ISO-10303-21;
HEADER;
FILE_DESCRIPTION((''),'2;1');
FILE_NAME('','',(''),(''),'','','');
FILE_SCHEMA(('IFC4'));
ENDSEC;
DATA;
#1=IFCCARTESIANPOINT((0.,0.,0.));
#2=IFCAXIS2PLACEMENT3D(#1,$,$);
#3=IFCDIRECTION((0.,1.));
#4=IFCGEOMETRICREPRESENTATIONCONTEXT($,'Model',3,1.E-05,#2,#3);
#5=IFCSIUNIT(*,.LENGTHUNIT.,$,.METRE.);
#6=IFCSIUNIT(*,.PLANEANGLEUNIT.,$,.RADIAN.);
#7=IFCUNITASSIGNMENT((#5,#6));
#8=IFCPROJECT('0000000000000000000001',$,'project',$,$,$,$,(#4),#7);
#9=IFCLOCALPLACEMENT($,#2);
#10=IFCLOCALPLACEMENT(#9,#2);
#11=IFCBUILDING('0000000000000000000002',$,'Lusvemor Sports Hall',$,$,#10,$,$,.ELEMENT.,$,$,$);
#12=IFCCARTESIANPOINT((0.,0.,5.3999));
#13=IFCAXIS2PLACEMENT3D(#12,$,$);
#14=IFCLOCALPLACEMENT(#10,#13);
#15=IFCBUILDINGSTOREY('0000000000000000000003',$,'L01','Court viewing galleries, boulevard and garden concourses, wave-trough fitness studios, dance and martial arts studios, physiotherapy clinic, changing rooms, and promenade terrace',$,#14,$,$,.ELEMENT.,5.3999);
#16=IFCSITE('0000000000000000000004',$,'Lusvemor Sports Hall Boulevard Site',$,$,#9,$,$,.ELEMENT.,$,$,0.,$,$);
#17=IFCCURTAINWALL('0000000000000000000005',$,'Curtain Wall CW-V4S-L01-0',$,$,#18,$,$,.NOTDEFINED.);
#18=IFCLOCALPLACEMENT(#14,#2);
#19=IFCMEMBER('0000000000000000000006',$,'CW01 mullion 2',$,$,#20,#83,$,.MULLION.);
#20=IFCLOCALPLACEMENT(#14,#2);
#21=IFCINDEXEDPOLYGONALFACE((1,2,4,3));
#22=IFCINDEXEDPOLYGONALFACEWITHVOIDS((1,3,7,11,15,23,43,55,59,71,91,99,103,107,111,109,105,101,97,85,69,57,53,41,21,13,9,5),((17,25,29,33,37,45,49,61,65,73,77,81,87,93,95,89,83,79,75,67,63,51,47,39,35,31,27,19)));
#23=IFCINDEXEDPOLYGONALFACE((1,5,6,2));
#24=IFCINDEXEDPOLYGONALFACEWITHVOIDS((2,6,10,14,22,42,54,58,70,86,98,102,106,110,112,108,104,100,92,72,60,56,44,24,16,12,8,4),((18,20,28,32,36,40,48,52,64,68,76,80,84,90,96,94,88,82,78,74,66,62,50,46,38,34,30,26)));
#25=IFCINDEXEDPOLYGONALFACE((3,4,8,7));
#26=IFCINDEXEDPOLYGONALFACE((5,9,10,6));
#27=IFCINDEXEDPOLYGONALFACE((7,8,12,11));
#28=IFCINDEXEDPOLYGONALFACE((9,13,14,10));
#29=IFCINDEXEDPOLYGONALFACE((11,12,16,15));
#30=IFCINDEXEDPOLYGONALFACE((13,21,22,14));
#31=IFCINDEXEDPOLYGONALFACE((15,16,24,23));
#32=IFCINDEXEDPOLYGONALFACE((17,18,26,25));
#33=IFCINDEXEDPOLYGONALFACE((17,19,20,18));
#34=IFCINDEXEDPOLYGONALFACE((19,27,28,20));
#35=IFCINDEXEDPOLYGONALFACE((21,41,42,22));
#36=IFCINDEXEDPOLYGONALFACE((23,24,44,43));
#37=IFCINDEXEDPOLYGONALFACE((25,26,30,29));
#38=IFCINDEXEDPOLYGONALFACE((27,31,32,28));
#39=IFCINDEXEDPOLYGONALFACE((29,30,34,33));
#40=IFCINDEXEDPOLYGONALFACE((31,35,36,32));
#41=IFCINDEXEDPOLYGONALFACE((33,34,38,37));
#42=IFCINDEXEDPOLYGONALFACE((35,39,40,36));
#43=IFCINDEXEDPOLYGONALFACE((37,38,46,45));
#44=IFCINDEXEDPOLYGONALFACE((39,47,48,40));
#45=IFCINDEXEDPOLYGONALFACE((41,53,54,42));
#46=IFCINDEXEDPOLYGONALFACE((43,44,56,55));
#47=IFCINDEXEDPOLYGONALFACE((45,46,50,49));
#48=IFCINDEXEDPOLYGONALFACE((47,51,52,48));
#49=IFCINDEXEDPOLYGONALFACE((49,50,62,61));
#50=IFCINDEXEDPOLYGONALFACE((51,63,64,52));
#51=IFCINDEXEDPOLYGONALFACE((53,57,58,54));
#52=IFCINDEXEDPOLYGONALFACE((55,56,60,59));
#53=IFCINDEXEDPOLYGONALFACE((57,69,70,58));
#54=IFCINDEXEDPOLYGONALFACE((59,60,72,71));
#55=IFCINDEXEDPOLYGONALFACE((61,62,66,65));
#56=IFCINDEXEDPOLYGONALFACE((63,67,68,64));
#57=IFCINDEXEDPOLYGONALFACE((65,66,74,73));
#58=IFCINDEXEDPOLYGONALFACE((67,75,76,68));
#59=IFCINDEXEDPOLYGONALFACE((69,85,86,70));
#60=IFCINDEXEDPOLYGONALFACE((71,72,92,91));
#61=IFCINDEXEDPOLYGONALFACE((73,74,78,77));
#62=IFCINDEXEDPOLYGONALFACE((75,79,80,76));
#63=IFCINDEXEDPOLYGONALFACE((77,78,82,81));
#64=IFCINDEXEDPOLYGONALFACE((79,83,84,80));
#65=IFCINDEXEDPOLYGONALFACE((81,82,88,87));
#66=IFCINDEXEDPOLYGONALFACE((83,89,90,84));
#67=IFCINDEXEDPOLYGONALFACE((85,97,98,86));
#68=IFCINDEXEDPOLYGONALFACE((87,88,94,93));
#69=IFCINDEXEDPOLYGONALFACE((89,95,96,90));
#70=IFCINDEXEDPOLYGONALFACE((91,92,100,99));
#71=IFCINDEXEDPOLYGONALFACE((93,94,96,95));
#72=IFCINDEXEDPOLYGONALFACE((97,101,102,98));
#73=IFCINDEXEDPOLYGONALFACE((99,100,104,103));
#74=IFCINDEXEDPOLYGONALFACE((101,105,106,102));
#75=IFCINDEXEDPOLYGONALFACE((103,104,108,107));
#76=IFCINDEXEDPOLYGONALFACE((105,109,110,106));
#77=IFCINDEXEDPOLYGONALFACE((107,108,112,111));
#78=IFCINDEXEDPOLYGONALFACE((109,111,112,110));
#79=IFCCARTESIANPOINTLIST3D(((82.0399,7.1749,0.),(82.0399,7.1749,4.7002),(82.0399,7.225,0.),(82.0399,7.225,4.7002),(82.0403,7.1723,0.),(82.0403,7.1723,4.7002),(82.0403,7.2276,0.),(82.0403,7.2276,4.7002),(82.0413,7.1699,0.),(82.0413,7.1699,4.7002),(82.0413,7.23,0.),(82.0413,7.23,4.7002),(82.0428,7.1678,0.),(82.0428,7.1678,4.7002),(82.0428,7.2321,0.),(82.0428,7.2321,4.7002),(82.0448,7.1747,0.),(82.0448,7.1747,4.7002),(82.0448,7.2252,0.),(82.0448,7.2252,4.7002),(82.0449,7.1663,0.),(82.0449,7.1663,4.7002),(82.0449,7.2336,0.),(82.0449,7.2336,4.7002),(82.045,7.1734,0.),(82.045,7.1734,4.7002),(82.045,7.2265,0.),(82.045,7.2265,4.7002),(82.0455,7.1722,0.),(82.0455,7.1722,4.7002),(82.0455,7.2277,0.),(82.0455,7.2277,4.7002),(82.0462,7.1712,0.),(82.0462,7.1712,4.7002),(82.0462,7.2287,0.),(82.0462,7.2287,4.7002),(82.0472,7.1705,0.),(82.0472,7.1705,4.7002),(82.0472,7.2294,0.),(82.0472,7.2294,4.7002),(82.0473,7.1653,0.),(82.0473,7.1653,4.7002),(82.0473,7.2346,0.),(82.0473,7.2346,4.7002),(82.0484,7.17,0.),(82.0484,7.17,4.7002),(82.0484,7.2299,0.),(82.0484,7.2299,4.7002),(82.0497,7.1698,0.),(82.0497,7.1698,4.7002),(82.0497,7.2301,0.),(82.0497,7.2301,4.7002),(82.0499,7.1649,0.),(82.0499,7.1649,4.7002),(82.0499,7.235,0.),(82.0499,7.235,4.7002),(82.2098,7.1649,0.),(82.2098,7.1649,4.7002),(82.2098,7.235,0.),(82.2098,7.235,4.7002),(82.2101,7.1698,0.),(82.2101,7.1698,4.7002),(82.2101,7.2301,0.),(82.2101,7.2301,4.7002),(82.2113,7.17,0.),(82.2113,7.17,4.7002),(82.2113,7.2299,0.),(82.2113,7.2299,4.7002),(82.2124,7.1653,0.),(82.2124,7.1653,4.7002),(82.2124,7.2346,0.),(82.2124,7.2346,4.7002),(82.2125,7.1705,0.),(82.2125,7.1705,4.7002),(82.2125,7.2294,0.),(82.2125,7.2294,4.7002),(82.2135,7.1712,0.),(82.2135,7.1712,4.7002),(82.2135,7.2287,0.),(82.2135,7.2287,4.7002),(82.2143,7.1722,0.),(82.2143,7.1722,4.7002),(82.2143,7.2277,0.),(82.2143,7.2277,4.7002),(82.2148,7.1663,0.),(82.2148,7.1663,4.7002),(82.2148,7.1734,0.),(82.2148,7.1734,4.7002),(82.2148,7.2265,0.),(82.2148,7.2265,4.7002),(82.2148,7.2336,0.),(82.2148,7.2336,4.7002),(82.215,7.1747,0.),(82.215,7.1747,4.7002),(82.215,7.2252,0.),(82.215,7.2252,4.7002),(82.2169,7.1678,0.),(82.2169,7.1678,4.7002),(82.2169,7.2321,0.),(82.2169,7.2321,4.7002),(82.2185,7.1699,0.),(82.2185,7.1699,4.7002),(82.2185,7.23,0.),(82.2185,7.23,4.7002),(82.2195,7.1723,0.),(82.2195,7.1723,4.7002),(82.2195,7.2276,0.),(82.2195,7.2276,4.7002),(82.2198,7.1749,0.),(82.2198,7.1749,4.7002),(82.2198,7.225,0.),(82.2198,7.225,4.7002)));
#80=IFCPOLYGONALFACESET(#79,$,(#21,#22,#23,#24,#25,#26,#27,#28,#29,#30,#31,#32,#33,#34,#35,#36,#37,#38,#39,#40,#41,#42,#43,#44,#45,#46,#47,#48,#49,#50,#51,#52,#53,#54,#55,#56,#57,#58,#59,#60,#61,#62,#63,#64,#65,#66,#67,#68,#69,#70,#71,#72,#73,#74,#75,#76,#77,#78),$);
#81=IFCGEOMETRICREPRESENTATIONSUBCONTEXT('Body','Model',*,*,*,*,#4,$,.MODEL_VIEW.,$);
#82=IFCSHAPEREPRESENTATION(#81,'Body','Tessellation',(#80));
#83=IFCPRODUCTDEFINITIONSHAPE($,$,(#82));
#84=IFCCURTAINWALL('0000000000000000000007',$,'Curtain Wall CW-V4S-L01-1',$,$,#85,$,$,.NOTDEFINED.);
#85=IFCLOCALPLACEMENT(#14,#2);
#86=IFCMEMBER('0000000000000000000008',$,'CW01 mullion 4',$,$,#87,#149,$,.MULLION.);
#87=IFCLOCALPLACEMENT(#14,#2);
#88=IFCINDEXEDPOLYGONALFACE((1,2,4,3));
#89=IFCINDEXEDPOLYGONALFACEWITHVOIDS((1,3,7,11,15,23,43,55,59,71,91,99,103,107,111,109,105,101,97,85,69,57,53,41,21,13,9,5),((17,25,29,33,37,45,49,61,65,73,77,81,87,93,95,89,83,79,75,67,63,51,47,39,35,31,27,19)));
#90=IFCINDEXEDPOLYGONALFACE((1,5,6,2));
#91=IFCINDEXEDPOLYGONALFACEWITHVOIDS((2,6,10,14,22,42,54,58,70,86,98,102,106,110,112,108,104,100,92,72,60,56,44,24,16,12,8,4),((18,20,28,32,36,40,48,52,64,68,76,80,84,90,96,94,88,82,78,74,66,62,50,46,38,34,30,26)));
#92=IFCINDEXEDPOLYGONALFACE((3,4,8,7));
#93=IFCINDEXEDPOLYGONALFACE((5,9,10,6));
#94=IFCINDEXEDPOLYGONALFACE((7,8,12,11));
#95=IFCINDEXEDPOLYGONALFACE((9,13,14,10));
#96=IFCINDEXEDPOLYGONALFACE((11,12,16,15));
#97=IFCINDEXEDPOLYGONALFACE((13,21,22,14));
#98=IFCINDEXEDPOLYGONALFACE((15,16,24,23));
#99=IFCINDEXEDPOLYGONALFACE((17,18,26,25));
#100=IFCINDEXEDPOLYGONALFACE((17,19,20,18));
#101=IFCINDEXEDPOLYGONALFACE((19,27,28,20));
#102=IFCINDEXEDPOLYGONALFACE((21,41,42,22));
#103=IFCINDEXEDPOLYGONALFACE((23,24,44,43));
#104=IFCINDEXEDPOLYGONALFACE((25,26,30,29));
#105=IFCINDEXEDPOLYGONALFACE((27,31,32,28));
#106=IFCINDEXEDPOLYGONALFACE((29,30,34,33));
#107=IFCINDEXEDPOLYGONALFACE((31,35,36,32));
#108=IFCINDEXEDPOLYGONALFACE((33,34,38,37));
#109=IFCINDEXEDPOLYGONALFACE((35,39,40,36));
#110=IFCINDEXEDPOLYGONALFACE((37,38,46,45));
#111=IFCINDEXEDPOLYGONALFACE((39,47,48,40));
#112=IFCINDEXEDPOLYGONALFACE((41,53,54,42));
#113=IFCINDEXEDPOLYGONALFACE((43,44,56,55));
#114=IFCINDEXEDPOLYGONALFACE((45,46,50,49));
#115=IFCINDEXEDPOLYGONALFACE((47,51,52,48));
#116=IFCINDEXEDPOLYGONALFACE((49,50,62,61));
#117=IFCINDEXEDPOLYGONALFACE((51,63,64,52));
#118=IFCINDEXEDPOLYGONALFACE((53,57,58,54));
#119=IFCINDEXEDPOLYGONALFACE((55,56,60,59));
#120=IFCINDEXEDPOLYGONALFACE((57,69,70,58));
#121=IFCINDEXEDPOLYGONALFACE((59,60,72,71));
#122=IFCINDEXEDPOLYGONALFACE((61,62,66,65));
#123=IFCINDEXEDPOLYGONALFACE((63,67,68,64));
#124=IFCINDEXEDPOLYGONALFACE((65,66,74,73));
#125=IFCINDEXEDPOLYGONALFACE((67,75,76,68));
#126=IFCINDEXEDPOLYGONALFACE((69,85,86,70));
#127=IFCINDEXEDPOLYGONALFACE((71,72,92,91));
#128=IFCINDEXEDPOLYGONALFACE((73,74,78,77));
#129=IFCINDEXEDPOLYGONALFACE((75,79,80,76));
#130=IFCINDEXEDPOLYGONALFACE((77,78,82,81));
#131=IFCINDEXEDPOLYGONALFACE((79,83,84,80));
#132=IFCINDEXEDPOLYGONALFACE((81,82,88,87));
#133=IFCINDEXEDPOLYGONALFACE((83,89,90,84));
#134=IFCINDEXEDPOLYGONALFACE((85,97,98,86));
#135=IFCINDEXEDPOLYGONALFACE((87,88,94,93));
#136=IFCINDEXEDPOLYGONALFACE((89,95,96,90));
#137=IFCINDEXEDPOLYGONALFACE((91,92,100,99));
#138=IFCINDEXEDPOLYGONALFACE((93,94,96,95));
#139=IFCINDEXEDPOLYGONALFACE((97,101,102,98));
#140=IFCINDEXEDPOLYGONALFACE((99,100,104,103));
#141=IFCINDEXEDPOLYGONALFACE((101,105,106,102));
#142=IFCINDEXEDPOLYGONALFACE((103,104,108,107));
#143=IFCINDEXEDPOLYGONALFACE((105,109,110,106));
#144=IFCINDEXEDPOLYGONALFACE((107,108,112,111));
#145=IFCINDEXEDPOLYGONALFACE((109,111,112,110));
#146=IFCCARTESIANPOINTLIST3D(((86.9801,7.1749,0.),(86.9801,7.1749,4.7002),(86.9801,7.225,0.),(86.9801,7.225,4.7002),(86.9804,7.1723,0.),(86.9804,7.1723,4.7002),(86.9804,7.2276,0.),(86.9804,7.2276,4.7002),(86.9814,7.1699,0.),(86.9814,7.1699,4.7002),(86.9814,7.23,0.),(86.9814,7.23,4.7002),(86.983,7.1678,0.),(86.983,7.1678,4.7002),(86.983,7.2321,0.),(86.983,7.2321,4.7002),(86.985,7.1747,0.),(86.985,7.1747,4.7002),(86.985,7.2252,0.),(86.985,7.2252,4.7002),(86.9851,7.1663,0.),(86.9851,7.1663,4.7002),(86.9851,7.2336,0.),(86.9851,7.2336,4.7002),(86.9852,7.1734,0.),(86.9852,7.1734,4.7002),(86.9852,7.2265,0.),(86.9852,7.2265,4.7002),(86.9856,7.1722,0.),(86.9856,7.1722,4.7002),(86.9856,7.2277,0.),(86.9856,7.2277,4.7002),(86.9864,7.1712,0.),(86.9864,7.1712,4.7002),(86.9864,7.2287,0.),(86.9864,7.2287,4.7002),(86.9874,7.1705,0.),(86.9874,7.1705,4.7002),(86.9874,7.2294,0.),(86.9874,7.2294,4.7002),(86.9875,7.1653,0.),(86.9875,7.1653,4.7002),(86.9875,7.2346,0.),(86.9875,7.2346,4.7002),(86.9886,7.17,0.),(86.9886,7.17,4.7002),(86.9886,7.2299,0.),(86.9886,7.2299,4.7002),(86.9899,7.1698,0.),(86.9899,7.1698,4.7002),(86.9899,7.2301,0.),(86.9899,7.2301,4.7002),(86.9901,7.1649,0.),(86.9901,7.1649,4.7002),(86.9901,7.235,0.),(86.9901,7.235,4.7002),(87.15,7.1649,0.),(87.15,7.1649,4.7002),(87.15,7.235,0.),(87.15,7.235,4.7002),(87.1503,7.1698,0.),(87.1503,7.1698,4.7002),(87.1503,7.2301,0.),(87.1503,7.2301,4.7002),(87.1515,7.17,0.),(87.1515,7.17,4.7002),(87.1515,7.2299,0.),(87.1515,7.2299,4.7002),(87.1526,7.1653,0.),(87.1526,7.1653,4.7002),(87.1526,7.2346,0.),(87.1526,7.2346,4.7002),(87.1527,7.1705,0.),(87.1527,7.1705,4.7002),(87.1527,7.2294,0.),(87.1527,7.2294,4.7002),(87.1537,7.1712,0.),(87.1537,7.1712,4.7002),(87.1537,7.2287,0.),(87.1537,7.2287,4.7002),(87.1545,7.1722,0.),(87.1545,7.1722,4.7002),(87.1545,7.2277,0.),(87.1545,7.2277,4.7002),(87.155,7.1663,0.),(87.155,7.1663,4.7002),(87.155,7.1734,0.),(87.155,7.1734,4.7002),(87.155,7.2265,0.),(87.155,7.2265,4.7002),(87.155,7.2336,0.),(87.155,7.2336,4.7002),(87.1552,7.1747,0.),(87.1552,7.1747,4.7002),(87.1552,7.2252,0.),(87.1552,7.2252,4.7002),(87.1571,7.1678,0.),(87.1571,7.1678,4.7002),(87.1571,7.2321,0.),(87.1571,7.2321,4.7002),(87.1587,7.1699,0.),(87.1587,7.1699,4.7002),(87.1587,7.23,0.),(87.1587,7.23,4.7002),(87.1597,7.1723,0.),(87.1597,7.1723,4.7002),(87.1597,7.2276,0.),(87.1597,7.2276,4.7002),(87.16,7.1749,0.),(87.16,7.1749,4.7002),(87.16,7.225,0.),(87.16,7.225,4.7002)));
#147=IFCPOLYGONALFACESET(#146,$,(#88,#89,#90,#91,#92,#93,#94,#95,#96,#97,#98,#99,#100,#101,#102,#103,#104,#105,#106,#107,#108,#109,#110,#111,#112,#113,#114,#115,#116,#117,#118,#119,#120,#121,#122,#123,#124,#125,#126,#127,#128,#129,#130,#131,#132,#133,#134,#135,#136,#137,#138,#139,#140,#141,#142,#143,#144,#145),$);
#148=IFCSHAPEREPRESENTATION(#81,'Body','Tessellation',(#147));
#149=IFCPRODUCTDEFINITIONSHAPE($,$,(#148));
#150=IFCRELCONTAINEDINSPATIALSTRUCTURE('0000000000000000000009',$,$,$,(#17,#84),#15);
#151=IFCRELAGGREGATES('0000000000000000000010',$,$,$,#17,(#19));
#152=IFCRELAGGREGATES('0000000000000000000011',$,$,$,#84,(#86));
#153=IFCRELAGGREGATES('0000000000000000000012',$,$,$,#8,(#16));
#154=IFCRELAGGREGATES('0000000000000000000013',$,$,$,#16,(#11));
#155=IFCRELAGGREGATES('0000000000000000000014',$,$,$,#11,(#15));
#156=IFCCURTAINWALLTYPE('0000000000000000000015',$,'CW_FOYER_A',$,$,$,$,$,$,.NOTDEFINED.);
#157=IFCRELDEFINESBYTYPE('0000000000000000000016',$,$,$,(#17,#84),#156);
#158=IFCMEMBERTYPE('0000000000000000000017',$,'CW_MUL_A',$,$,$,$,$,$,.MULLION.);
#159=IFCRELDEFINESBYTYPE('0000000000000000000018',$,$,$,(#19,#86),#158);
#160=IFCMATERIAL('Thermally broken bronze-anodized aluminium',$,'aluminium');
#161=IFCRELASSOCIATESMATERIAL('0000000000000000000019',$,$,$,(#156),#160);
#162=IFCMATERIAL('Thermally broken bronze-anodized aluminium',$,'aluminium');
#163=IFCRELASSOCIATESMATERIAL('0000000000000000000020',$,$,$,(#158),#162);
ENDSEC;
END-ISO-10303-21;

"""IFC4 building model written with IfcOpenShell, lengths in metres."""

from ifc_helpers import new_model, si_unit, direction, frame, origin, origin_2d, place, context, subcontext, project, spatial, hollow_rectangle, extrude, material, material_profile, profile_set, type_object, element, aggregate, save


model = new_model("IFC4")

# Units and contexts
model_context = context("Model", 3, precision=1e-05, world=origin(), true_north=direction((0.0, 1.0)))
body_context = subcontext(model_context, "Body", "Model", "MODEL_VIEW")
ifc_project = project(units=[si_unit("LENGTHUNIT", "METRE"), si_unit("PLANEANGLEUNIT", "RADIAN")], contexts=[model_context])

# Site, building, storey
site_placement = place(None, origin())
site = spatial("IfcSite", under=ifc_project, at=site_placement, Name="Lusvemor Sports Hall Boulevard Site", CompositionType="ELEMENT", RefElevation=0.0)
building_placement = place(site_placement, origin())
building = spatial("IfcBuilding", under=site, at=building_placement, Name="Lusvemor Sports Hall", CompositionType="ELEMENT")
storey_placement = place(building_placement, frame((0.0, 0.0, 5.3999)))
storey = spatial("IfcBuildingStorey", under=building, at=storey_placement, Name="L01", Description="Court viewing galleries, boulevard and garden concourses, wave-trough fitness studios, dance and martial arts studios, physiotherapy clinic, changing rooms, and promenade terrace", CompositionType="ELEMENT", Elevation=5.3999)

# Curtain walls, members
ifc_material_1 = material(Name="Thermally broken bronze-anodized aluminium", Category="aluminium")
curtain_wall_type = type_object("IfcCurtainWallType", Name="CW_FOYER_A", PredefinedType="NOTDEFINED", material=ifc_material_1)
curtain_wall_1_placement = place(storey_placement, origin())
curtain_wall_1 = element("IfcCurtainWall", 1, at=curtain_wall_1_placement, inside=storey, type_object=curtain_wall_type, Name="Curtain Wall CW-V4S-L01-0", PredefinedType="NOTDEFINED")
ifc_material_2 = material(Name="Thermally broken bronze-anodized aluminium", Category="aluminium")
ifc_material_profile_1 = material_profile(ifc_material_2, hollow_rectangle(XDim=0.0701, YDim=0.1799, WallThickness=0.0049, InnerFilletRadius=0.0049, OuterFilletRadius=0.01, at=origin_2d()), Name="CWMUL180x70x5")
ifc_profile_set_1 = profile_set([ifc_material_profile_1], Name="Thermally broken bronze-anodized aluminium")
member_type_1 = type_object("IfcMemberType", Name="CW_MUL_A", PredefinedType="MULLION", material=ifc_profile_set_1)
member_1_placement = place(storey_placement, frame((82.1299, 7.2, 0.0), z_axis=(0.0, 0.0, 1.0), x_axis=(0.0, -1.0, 0.0)))
member_1 = element("IfcMember", 2, at=member_1_placement, type_object=member_type_1, Name="CW01 mullion 2", PredefinedType="MULLION", context=body_context, shape_type="SweptSolid", body=[
    extrude(hollow_rectangle(XDim=0.0701, YDim=0.1799, WallThickness=0.0049, InnerFilletRadius=0.0049, OuterFilletRadius=0.01, at=origin_2d()), origin(), (0.0, 0.0, 1.0), 4.7002),
])
curtain_wall_2_placement = place(storey_placement, origin())
curtain_wall_2 = element("IfcCurtainWall", 3, at=curtain_wall_2_placement, inside=storey, type_object=curtain_wall_type, Name="Curtain Wall CW-V4S-L01-1", PredefinedType="NOTDEFINED")
member_2_placement = place(storey_placement, frame((87.0701, 7.2, 0.0), z_axis=(0.0, 0.0, 1.0), x_axis=(0.0, -1.0, 0.0)))
member_2 = element("IfcMember", 4, at=member_2_placement, type_object=member_type_1, Name="CW01 mullion 4", PredefinedType="MULLION", context=body_context, shape_type="SweptSolid", body=[
    extrude(hollow_rectangle(XDim=0.0701, YDim=0.1799, WallThickness=0.0049, InnerFilletRadius=0.0049, OuterFilletRadius=0.01, at=origin_2d()), origin(), (0.0, 0.0, 1.0), 4.7002),
])

aggregate(curtain_wall_1, [member_1])
aggregate(curtain_wall_2, [member_2])

save(model, "model.ifc")
